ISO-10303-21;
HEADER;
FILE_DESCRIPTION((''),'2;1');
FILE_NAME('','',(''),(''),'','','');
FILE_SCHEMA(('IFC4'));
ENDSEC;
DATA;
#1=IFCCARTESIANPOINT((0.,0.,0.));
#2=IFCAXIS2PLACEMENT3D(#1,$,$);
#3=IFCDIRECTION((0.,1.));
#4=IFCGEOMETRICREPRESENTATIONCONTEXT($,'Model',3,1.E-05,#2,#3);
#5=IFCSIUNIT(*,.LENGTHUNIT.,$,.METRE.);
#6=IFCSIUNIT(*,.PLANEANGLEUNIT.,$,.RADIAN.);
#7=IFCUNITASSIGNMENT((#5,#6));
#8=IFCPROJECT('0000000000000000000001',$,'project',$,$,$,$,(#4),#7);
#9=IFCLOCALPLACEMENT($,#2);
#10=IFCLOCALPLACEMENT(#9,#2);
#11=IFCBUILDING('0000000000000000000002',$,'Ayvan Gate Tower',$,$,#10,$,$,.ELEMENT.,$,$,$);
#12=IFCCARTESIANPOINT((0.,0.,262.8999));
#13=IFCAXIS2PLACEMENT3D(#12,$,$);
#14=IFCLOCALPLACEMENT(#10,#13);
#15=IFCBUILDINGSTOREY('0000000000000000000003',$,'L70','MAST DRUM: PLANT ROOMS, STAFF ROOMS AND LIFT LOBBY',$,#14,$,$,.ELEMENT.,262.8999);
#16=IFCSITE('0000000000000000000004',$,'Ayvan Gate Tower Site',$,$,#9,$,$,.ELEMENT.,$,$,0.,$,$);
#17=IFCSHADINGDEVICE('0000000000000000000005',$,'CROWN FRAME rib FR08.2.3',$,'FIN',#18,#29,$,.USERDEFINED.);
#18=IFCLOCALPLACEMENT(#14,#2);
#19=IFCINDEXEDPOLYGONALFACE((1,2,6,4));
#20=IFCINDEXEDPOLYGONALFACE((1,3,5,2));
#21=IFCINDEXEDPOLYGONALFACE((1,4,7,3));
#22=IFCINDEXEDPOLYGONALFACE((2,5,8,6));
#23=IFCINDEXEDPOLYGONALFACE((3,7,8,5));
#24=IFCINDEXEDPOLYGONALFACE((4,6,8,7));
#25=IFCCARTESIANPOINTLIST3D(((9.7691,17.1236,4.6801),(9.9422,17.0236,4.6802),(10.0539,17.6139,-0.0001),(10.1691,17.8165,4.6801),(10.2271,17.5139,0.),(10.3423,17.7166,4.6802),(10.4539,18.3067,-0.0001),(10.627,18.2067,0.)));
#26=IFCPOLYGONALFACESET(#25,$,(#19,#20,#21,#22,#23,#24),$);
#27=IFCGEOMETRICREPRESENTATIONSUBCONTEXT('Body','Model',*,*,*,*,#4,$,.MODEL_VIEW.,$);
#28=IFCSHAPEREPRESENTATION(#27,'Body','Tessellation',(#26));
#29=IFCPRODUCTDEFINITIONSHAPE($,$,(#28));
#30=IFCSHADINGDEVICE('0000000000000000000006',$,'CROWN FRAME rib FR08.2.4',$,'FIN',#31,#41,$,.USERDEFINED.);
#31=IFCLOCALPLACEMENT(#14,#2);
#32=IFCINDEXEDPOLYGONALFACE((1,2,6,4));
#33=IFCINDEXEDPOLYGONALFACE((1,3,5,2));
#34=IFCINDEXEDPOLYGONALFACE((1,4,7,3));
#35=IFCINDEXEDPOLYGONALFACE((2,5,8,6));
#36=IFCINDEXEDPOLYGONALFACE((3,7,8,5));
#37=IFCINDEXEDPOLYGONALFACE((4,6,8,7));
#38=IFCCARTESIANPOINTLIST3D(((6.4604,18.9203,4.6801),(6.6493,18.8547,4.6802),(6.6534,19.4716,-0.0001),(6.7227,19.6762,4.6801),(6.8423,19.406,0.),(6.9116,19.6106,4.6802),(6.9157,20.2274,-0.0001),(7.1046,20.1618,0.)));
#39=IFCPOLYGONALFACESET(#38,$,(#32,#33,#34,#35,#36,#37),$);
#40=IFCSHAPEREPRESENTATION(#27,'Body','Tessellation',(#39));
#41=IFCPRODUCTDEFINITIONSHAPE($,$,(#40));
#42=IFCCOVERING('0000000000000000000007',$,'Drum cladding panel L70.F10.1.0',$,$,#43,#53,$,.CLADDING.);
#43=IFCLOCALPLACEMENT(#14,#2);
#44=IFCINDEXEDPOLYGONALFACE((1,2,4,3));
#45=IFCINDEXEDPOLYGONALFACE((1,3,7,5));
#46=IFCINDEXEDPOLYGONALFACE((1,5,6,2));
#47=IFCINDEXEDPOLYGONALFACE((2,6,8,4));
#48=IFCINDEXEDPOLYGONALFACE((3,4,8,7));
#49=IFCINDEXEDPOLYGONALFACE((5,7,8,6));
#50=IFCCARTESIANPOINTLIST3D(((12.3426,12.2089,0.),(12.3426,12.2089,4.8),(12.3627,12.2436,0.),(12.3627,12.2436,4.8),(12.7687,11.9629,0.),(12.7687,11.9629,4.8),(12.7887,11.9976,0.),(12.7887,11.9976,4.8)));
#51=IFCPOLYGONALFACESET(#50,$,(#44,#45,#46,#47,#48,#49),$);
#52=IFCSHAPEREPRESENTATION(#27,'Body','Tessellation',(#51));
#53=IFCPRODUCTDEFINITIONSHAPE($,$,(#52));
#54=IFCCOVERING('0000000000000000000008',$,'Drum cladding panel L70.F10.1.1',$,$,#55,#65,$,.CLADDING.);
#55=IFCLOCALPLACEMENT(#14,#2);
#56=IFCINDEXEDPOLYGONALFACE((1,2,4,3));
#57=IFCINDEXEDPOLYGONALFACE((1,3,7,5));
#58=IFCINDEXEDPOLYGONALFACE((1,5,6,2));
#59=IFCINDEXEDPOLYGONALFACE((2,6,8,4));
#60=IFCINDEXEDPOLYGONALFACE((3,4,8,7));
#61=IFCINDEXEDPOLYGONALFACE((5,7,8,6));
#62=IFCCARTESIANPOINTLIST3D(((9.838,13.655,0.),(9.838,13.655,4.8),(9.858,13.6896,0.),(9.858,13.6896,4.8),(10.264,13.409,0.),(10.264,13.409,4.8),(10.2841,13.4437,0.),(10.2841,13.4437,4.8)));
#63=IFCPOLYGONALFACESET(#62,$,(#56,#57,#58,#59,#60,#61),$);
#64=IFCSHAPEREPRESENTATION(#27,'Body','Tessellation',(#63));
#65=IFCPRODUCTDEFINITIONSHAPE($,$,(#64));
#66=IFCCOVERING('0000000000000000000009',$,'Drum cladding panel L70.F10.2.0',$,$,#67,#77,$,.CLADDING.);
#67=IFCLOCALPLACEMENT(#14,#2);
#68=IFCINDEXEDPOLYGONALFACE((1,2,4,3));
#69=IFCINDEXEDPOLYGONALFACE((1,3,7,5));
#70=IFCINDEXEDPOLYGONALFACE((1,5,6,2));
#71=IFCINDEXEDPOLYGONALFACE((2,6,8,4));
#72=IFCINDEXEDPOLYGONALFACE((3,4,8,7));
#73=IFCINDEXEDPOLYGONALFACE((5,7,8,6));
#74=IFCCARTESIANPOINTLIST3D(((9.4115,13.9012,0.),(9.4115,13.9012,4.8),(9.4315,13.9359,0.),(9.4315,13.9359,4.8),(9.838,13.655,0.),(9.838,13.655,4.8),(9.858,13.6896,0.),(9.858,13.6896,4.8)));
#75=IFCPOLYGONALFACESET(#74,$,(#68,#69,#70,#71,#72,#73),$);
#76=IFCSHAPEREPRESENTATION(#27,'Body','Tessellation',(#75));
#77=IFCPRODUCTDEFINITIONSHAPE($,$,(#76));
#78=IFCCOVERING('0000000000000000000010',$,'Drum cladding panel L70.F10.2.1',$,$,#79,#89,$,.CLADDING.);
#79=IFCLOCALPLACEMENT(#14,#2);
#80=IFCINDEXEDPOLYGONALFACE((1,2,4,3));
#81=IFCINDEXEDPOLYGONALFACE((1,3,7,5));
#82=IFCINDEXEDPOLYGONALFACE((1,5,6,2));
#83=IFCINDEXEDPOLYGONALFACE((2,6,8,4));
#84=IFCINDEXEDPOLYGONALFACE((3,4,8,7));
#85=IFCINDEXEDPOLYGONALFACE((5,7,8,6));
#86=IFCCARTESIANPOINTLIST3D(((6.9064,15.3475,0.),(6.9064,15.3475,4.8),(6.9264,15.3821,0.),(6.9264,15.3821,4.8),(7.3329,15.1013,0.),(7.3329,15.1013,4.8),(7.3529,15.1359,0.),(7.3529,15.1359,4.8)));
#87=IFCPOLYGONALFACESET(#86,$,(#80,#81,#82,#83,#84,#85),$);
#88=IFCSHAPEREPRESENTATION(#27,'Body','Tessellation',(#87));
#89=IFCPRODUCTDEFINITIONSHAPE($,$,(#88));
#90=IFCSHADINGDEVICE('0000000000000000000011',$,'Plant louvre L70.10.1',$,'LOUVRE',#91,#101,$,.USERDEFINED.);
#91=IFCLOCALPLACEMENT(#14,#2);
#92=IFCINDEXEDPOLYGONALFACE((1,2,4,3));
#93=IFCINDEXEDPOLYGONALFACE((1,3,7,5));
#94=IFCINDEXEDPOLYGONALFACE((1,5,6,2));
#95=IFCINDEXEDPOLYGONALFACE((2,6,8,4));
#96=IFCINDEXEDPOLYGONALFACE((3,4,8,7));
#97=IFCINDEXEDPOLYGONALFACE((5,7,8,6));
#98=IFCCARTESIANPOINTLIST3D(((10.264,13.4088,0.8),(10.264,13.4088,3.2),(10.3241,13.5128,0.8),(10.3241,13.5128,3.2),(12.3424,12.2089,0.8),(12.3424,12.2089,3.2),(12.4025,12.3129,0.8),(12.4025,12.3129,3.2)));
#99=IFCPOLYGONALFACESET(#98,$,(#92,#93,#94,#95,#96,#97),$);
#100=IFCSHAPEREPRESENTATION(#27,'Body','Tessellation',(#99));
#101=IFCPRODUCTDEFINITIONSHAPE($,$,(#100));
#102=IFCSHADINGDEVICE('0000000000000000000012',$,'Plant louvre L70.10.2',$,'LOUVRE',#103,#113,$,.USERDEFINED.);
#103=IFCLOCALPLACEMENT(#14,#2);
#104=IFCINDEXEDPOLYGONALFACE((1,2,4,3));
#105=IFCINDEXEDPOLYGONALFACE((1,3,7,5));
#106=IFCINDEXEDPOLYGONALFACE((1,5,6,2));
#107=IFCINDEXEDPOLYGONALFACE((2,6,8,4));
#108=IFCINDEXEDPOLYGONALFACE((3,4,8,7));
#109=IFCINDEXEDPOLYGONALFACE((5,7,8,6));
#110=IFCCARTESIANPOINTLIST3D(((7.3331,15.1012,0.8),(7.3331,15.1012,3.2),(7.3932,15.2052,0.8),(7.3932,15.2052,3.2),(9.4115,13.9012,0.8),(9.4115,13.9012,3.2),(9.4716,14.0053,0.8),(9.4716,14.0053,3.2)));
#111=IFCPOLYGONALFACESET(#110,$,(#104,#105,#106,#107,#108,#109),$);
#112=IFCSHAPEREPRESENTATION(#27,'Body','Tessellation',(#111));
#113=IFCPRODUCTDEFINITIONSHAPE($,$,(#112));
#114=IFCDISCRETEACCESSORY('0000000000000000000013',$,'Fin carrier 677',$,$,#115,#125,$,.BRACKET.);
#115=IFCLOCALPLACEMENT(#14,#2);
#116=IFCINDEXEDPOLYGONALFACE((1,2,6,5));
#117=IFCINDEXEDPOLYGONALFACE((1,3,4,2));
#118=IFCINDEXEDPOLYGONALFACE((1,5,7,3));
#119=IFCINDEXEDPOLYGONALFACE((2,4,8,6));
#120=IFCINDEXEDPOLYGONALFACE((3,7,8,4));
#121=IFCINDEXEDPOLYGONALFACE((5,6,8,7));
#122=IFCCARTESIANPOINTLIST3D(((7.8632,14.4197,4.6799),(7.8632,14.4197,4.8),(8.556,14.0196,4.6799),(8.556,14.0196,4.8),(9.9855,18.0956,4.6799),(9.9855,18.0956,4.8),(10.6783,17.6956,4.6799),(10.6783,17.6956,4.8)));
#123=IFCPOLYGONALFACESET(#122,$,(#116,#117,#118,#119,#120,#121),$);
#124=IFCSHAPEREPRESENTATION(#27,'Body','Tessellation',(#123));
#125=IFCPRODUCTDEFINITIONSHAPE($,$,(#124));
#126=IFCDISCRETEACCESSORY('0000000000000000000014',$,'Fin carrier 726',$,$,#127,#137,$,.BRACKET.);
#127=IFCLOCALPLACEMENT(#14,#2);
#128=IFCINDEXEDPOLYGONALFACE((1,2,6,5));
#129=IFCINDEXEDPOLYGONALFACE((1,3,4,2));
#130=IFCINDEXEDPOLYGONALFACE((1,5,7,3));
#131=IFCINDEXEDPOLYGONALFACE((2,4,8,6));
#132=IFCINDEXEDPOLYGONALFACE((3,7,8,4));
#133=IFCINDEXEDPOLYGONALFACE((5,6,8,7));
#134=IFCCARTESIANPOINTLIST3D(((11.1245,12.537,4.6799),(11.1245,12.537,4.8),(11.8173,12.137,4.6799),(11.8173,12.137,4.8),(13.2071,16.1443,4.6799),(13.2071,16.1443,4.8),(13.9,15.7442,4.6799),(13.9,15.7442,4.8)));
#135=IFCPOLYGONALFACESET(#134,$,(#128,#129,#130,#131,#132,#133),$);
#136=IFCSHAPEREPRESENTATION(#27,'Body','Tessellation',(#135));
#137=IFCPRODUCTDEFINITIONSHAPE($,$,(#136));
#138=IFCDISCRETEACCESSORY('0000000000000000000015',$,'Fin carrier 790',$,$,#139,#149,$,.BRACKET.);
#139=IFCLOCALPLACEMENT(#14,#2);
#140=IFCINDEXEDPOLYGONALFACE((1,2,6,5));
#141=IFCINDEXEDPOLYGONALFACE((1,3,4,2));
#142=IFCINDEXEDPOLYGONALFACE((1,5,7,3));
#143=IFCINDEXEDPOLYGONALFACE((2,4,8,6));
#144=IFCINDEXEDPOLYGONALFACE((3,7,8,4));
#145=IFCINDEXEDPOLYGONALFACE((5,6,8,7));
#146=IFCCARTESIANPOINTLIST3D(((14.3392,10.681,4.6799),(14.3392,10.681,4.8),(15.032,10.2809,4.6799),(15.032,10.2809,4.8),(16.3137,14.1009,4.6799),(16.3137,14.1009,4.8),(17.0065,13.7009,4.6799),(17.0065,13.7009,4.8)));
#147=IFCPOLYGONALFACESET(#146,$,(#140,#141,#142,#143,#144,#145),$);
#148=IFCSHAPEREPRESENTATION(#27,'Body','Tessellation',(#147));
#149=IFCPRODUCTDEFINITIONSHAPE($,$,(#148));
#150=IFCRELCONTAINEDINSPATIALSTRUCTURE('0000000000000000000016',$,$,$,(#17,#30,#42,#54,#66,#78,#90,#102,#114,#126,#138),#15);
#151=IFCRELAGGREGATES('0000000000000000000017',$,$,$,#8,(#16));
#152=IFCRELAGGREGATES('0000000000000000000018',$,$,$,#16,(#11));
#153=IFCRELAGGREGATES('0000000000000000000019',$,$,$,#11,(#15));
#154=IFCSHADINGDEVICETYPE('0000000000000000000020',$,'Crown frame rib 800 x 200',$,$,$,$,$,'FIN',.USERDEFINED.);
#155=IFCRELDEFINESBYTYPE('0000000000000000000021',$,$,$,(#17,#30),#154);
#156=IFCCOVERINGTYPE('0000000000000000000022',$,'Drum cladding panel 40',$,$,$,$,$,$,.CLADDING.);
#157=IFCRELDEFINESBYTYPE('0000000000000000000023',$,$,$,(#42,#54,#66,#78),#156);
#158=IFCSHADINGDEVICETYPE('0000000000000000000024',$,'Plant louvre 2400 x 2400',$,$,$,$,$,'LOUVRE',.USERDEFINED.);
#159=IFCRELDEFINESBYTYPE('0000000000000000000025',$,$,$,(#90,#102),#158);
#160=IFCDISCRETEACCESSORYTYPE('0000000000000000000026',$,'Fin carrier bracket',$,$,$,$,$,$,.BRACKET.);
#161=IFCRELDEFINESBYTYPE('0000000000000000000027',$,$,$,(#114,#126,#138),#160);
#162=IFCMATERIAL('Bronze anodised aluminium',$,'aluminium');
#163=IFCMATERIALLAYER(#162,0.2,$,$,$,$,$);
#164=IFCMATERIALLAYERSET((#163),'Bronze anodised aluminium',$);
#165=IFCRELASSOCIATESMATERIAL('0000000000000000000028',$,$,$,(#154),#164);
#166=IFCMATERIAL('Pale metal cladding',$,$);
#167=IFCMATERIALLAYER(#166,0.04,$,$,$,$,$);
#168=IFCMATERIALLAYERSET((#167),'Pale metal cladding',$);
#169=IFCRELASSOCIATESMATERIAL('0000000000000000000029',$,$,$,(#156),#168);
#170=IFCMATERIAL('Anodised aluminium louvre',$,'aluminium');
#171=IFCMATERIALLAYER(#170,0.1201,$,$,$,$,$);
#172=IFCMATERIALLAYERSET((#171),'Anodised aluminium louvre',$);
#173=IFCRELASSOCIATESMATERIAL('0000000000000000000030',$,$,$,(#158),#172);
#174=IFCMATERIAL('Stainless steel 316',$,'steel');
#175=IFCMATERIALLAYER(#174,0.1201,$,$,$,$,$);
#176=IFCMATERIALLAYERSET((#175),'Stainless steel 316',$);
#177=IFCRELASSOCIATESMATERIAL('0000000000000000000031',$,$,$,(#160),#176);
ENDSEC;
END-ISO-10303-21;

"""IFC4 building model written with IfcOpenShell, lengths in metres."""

from ifc_helpers import new_model, si_unit, direction, frame, origin, origin_2d, place, context, subcontext, project, spatial, polyline, rectangle, outline, extrude, material, layer, layer_set, type_object, element, save


model = new_model("IFC4")

# Units and contexts
model_context = context("Model", 3, precision=1e-05, world=origin(), true_north=direction((0.0, 1.0)))
body_context = subcontext(model_context, "Body", "Model", "MODEL_VIEW")
ifc_project = project(units=[si_unit("LENGTHUNIT", "METRE"), si_unit("PLANEANGLEUNIT", "RADIAN")], contexts=[model_context])

# Site, building, storey
site_placement = place(None, origin())
site = spatial("IfcSite", under=ifc_project, at=site_placement, Name="Ayvan Gate Tower Site", CompositionType="ELEMENT", RefElevation=0.0)
building_placement = place(site_placement, origin())
building = spatial("IfcBuilding", under=site, at=building_placement, Name="Ayvan Gate Tower", CompositionType="ELEMENT")
storey_placement = place(building_placement, frame((0.0, 0.0, 262.8999)))
storey = spatial("IfcBuildingStorey", under=building, at=storey_placement, Name="L70", Description="MAST DRUM: PLANT ROOMS, STAFF ROOMS AND LIFT LOBBY", CompositionType="ELEMENT", Elevation=262.8999)

# Shared definitions
ifc_material_1 = material(Name="Anodised aluminium louvre", Category="aluminium")

# Shading devices
ifc_material_2 = material(Name="Bronze anodised aluminium", Category="aluminium")
ifc_layer_1 = layer(ifc_material_2, 0.2)
ifc_layer_set_1 = layer_set([ifc_layer_1], Name="Bronze anodised aluminium")
shading_device_type_1 = type_object("IfcShadingDeviceType", Name="Crown frame rib 800 x 200", ElementType="FIN", PredefinedType="USERDEFINED", material=ifc_layer_set_1)
shading_device_1_placement = place(storey_placement, frame((10.2271, 17.5139, 0.0), z_axis=(0.866028, -0.499995, 0.000325), x_axis=(0.499995, 0.866028, 0.0)))
element("IfcShadingDevice", 1, at=shading_device_1_placement, inside=storey, type_object=shading_device_type_1, Name="CROWN FRAME rib FR08.2.3", ObjectType="FIN", PredefinedType="USERDEFINED", context=body_context, shape_type="SweptSolid", body=[
    extrude(outline(polyline([(0.0, 0.0), (0.8, 0.0), (0.2331, 4.6802), (-0.567, 4.6802), (0.0, 0.0)])), origin(), (0.0, 0.0, -1.0), 0.2),
])
shading_device_2_placement = place(storey_placement, frame((6.8423, 19.406, 0.0), z_axis=(0.944721, -0.327876, 0.000337), x_axis=(0.327876, 0.944721, 0.0)))
element("IfcShadingDevice", 2, at=shading_device_2_placement, inside=storey, type_object=shading_device_type_1, Name="CROWN FRAME rib FR08.2.4", ObjectType="FIN", PredefinedType="USERDEFINED", context=body_context, shape_type="SweptSolid", body=[
    extrude(outline(polyline([(0.0, 0.0), (0.8, 0.0), (0.216, 4.6802), (-0.5841, 4.6802), (0.0, 0.0)])), origin(), (0.0, 0.0, -1.0), 0.2),
])

# Coverings
ifc_material_3 = material(Name="Pale metal cladding")
ifc_layer_2 = layer(ifc_material_3, 0.04)
ifc_layer_set_2 = layer_set([ifc_layer_2], Name="Pale metal cladding")
covering_type = type_object("IfcCoveringType", Name="Drum cladding panel 40", PredefinedType="CLADDING", material=ifc_layer_set_2)
for number, where, z_axis, x_axis, name in (
    (3, (12.5657, 12.1033, 0.0), (0.0, 0.0, 1.0), (-0.866025, 0.5, 0.0), "Drum cladding panel L70.F10.1.0"),
    (4, (10.061, 13.5493, 0.0), (0.0, 0.0, 1.0), (-0.866025, 0.5, 0.0), "Drum cladding panel L70.F10.1.1"),
):
    element("IfcCovering", number, at=place(storey_placement, frame(where, z_axis=z_axis, x_axis=x_axis)), inside=storey, type_object=covering_type, Name=name, PredefinedType="CLADDING", context=body_context, shape_type="SweptSolid", body=[
        extrude(rectangle(XDim=0.4919, YDim=0.04, at=origin_2d()), origin(), (0.0, 0.0, 1.0), 4.8),
    ])
for number, where, z_axis, x_axis, name in (
    (5, (9.6348, 13.7954, 0.0), (0.0, 0.0, 1.0), (-0.866025, 0.5, 0.0), "Drum cladding panel L70.F10.2.0"),
    (6, (7.1296, 15.2417, 0.0), (0.0, 0.0, 1.0), (-0.866025, 0.5, 0.0), "Drum cladding panel L70.F10.2.1"),
):
    element("IfcCovering", number, at=place(storey_placement, frame(where, z_axis=z_axis, x_axis=x_axis)), inside=storey, type_object=covering_type, Name=name, PredefinedType="CLADDING", context=body_context, shape_type="SweptSolid", body=[
        extrude(rectangle(XDim=0.4924, YDim=0.04, at=origin_2d()), origin(), (0.0, 0.0, 1.0), 4.8),
    ])

# Shading devices
ifc_layer_3 = layer(ifc_material_1, 0.1201)
ifc_layer_set_3 = layer_set([ifc_layer_3], Name="Anodised aluminium louvre")
shading_device_type_2 = type_object("IfcShadingDeviceType", Name="Plant louvre 2400 x 2400", ElementType="LOUVRE", PredefinedType="USERDEFINED", material=ifc_layer_set_3)
for number, where, z_axis, x_axis, name in (
    (7, (11.3333, 12.8608, 0.8), (0.0, 0.0, 1.0), (-0.866025, 0.5, 0.0), "Plant louvre L70.10.1"),
    (8, (8.4023, 14.5532, 0.8), (0.0, 0.0, 1.0), (-0.866025, 0.5, 0.0), "Plant louvre L70.10.2"),
):
    element("IfcShadingDevice", number, at=place(storey_placement, frame(where, z_axis=z_axis, x_axis=x_axis)), inside=storey, type_object=shading_device_type_2, Name=name, ObjectType="LOUVRE", PredefinedType="USERDEFINED", context=body_context, shape_type="SweptSolid", body=[
        extrude(rectangle(XDim=2.3999, YDim=0.1201, at=origin_2d()), origin(), (0.0, 0.0, 1.0), 2.3999),
    ])

# Discrete accessories
ifc_material_4 = material(Name="Stainless steel 316", Category="steel")
ifc_layer_4 = layer(ifc_material_4, 0.1201)
ifc_layer_set_4 = layer_set([ifc_layer_4], Name="Stainless steel 316")
discrete_accessory_type = type_object("IfcDiscreteAccessoryType", Name="Fin carrier bracket", PredefinedType="BRACKET", material=ifc_layer_set_4)
discrete_accessory_1_placement = place(storey_placement, frame((9.2708, 16.0576, 4.6799), z_axis=(0.0, 0.0, 1.0), x_axis=(-0.866025, 0.5, 0.0)))
element("IfcDiscreteAccessory", 9, at=discrete_accessory_1_placement, inside=storey, type_object=discrete_accessory_type, Name="Fin carrier 677", PredefinedType="BRACKET", context=body_context, shape_type="SweptSolid", body=[
    extrude(rectangle(XDim=0.8, YDim=4.2446, at=origin_2d()), origin(), (0.0, 0.0, 1.0), 0.1201),
])
discrete_accessory_2_placement = place(storey_placement, frame((12.5122, 14.1406, 4.6799), z_axis=(0.0, 0.0, 1.0), x_axis=(-0.866025, 0.5, 0.0)))
element("IfcDiscreteAccessory", 10, at=discrete_accessory_2_placement, inside=storey, type_object=discrete_accessory_type, Name="Fin carrier 726", PredefinedType="BRACKET", context=body_context, shape_type="SweptSolid", body=[
    extrude(rectangle(XDim=0.8, YDim=4.1653, at=origin_2d()), origin(), (0.0, 0.0, 1.0), 0.1201),
])
discrete_accessory_3_placement = place(storey_placement, frame((15.6729, 12.1909, 4.6799), z_axis=(0.0, 0.0, 1.0), x_axis=(-0.866025, 0.5, 0.0)))
element("IfcDiscreteAccessory", 11, at=discrete_accessory_3_placement, inside=storey, type_object=discrete_accessory_type, Name="Fin carrier 790", PredefinedType="BRACKET", context=body_context, shape_type="SweptSolid", body=[
    extrude(rectangle(XDim=0.8, YDim=3.949, at=origin_2d()), origin(), (0.0, 0.0, 1.0), 0.1201),
])

save(model, "model.ifc")
